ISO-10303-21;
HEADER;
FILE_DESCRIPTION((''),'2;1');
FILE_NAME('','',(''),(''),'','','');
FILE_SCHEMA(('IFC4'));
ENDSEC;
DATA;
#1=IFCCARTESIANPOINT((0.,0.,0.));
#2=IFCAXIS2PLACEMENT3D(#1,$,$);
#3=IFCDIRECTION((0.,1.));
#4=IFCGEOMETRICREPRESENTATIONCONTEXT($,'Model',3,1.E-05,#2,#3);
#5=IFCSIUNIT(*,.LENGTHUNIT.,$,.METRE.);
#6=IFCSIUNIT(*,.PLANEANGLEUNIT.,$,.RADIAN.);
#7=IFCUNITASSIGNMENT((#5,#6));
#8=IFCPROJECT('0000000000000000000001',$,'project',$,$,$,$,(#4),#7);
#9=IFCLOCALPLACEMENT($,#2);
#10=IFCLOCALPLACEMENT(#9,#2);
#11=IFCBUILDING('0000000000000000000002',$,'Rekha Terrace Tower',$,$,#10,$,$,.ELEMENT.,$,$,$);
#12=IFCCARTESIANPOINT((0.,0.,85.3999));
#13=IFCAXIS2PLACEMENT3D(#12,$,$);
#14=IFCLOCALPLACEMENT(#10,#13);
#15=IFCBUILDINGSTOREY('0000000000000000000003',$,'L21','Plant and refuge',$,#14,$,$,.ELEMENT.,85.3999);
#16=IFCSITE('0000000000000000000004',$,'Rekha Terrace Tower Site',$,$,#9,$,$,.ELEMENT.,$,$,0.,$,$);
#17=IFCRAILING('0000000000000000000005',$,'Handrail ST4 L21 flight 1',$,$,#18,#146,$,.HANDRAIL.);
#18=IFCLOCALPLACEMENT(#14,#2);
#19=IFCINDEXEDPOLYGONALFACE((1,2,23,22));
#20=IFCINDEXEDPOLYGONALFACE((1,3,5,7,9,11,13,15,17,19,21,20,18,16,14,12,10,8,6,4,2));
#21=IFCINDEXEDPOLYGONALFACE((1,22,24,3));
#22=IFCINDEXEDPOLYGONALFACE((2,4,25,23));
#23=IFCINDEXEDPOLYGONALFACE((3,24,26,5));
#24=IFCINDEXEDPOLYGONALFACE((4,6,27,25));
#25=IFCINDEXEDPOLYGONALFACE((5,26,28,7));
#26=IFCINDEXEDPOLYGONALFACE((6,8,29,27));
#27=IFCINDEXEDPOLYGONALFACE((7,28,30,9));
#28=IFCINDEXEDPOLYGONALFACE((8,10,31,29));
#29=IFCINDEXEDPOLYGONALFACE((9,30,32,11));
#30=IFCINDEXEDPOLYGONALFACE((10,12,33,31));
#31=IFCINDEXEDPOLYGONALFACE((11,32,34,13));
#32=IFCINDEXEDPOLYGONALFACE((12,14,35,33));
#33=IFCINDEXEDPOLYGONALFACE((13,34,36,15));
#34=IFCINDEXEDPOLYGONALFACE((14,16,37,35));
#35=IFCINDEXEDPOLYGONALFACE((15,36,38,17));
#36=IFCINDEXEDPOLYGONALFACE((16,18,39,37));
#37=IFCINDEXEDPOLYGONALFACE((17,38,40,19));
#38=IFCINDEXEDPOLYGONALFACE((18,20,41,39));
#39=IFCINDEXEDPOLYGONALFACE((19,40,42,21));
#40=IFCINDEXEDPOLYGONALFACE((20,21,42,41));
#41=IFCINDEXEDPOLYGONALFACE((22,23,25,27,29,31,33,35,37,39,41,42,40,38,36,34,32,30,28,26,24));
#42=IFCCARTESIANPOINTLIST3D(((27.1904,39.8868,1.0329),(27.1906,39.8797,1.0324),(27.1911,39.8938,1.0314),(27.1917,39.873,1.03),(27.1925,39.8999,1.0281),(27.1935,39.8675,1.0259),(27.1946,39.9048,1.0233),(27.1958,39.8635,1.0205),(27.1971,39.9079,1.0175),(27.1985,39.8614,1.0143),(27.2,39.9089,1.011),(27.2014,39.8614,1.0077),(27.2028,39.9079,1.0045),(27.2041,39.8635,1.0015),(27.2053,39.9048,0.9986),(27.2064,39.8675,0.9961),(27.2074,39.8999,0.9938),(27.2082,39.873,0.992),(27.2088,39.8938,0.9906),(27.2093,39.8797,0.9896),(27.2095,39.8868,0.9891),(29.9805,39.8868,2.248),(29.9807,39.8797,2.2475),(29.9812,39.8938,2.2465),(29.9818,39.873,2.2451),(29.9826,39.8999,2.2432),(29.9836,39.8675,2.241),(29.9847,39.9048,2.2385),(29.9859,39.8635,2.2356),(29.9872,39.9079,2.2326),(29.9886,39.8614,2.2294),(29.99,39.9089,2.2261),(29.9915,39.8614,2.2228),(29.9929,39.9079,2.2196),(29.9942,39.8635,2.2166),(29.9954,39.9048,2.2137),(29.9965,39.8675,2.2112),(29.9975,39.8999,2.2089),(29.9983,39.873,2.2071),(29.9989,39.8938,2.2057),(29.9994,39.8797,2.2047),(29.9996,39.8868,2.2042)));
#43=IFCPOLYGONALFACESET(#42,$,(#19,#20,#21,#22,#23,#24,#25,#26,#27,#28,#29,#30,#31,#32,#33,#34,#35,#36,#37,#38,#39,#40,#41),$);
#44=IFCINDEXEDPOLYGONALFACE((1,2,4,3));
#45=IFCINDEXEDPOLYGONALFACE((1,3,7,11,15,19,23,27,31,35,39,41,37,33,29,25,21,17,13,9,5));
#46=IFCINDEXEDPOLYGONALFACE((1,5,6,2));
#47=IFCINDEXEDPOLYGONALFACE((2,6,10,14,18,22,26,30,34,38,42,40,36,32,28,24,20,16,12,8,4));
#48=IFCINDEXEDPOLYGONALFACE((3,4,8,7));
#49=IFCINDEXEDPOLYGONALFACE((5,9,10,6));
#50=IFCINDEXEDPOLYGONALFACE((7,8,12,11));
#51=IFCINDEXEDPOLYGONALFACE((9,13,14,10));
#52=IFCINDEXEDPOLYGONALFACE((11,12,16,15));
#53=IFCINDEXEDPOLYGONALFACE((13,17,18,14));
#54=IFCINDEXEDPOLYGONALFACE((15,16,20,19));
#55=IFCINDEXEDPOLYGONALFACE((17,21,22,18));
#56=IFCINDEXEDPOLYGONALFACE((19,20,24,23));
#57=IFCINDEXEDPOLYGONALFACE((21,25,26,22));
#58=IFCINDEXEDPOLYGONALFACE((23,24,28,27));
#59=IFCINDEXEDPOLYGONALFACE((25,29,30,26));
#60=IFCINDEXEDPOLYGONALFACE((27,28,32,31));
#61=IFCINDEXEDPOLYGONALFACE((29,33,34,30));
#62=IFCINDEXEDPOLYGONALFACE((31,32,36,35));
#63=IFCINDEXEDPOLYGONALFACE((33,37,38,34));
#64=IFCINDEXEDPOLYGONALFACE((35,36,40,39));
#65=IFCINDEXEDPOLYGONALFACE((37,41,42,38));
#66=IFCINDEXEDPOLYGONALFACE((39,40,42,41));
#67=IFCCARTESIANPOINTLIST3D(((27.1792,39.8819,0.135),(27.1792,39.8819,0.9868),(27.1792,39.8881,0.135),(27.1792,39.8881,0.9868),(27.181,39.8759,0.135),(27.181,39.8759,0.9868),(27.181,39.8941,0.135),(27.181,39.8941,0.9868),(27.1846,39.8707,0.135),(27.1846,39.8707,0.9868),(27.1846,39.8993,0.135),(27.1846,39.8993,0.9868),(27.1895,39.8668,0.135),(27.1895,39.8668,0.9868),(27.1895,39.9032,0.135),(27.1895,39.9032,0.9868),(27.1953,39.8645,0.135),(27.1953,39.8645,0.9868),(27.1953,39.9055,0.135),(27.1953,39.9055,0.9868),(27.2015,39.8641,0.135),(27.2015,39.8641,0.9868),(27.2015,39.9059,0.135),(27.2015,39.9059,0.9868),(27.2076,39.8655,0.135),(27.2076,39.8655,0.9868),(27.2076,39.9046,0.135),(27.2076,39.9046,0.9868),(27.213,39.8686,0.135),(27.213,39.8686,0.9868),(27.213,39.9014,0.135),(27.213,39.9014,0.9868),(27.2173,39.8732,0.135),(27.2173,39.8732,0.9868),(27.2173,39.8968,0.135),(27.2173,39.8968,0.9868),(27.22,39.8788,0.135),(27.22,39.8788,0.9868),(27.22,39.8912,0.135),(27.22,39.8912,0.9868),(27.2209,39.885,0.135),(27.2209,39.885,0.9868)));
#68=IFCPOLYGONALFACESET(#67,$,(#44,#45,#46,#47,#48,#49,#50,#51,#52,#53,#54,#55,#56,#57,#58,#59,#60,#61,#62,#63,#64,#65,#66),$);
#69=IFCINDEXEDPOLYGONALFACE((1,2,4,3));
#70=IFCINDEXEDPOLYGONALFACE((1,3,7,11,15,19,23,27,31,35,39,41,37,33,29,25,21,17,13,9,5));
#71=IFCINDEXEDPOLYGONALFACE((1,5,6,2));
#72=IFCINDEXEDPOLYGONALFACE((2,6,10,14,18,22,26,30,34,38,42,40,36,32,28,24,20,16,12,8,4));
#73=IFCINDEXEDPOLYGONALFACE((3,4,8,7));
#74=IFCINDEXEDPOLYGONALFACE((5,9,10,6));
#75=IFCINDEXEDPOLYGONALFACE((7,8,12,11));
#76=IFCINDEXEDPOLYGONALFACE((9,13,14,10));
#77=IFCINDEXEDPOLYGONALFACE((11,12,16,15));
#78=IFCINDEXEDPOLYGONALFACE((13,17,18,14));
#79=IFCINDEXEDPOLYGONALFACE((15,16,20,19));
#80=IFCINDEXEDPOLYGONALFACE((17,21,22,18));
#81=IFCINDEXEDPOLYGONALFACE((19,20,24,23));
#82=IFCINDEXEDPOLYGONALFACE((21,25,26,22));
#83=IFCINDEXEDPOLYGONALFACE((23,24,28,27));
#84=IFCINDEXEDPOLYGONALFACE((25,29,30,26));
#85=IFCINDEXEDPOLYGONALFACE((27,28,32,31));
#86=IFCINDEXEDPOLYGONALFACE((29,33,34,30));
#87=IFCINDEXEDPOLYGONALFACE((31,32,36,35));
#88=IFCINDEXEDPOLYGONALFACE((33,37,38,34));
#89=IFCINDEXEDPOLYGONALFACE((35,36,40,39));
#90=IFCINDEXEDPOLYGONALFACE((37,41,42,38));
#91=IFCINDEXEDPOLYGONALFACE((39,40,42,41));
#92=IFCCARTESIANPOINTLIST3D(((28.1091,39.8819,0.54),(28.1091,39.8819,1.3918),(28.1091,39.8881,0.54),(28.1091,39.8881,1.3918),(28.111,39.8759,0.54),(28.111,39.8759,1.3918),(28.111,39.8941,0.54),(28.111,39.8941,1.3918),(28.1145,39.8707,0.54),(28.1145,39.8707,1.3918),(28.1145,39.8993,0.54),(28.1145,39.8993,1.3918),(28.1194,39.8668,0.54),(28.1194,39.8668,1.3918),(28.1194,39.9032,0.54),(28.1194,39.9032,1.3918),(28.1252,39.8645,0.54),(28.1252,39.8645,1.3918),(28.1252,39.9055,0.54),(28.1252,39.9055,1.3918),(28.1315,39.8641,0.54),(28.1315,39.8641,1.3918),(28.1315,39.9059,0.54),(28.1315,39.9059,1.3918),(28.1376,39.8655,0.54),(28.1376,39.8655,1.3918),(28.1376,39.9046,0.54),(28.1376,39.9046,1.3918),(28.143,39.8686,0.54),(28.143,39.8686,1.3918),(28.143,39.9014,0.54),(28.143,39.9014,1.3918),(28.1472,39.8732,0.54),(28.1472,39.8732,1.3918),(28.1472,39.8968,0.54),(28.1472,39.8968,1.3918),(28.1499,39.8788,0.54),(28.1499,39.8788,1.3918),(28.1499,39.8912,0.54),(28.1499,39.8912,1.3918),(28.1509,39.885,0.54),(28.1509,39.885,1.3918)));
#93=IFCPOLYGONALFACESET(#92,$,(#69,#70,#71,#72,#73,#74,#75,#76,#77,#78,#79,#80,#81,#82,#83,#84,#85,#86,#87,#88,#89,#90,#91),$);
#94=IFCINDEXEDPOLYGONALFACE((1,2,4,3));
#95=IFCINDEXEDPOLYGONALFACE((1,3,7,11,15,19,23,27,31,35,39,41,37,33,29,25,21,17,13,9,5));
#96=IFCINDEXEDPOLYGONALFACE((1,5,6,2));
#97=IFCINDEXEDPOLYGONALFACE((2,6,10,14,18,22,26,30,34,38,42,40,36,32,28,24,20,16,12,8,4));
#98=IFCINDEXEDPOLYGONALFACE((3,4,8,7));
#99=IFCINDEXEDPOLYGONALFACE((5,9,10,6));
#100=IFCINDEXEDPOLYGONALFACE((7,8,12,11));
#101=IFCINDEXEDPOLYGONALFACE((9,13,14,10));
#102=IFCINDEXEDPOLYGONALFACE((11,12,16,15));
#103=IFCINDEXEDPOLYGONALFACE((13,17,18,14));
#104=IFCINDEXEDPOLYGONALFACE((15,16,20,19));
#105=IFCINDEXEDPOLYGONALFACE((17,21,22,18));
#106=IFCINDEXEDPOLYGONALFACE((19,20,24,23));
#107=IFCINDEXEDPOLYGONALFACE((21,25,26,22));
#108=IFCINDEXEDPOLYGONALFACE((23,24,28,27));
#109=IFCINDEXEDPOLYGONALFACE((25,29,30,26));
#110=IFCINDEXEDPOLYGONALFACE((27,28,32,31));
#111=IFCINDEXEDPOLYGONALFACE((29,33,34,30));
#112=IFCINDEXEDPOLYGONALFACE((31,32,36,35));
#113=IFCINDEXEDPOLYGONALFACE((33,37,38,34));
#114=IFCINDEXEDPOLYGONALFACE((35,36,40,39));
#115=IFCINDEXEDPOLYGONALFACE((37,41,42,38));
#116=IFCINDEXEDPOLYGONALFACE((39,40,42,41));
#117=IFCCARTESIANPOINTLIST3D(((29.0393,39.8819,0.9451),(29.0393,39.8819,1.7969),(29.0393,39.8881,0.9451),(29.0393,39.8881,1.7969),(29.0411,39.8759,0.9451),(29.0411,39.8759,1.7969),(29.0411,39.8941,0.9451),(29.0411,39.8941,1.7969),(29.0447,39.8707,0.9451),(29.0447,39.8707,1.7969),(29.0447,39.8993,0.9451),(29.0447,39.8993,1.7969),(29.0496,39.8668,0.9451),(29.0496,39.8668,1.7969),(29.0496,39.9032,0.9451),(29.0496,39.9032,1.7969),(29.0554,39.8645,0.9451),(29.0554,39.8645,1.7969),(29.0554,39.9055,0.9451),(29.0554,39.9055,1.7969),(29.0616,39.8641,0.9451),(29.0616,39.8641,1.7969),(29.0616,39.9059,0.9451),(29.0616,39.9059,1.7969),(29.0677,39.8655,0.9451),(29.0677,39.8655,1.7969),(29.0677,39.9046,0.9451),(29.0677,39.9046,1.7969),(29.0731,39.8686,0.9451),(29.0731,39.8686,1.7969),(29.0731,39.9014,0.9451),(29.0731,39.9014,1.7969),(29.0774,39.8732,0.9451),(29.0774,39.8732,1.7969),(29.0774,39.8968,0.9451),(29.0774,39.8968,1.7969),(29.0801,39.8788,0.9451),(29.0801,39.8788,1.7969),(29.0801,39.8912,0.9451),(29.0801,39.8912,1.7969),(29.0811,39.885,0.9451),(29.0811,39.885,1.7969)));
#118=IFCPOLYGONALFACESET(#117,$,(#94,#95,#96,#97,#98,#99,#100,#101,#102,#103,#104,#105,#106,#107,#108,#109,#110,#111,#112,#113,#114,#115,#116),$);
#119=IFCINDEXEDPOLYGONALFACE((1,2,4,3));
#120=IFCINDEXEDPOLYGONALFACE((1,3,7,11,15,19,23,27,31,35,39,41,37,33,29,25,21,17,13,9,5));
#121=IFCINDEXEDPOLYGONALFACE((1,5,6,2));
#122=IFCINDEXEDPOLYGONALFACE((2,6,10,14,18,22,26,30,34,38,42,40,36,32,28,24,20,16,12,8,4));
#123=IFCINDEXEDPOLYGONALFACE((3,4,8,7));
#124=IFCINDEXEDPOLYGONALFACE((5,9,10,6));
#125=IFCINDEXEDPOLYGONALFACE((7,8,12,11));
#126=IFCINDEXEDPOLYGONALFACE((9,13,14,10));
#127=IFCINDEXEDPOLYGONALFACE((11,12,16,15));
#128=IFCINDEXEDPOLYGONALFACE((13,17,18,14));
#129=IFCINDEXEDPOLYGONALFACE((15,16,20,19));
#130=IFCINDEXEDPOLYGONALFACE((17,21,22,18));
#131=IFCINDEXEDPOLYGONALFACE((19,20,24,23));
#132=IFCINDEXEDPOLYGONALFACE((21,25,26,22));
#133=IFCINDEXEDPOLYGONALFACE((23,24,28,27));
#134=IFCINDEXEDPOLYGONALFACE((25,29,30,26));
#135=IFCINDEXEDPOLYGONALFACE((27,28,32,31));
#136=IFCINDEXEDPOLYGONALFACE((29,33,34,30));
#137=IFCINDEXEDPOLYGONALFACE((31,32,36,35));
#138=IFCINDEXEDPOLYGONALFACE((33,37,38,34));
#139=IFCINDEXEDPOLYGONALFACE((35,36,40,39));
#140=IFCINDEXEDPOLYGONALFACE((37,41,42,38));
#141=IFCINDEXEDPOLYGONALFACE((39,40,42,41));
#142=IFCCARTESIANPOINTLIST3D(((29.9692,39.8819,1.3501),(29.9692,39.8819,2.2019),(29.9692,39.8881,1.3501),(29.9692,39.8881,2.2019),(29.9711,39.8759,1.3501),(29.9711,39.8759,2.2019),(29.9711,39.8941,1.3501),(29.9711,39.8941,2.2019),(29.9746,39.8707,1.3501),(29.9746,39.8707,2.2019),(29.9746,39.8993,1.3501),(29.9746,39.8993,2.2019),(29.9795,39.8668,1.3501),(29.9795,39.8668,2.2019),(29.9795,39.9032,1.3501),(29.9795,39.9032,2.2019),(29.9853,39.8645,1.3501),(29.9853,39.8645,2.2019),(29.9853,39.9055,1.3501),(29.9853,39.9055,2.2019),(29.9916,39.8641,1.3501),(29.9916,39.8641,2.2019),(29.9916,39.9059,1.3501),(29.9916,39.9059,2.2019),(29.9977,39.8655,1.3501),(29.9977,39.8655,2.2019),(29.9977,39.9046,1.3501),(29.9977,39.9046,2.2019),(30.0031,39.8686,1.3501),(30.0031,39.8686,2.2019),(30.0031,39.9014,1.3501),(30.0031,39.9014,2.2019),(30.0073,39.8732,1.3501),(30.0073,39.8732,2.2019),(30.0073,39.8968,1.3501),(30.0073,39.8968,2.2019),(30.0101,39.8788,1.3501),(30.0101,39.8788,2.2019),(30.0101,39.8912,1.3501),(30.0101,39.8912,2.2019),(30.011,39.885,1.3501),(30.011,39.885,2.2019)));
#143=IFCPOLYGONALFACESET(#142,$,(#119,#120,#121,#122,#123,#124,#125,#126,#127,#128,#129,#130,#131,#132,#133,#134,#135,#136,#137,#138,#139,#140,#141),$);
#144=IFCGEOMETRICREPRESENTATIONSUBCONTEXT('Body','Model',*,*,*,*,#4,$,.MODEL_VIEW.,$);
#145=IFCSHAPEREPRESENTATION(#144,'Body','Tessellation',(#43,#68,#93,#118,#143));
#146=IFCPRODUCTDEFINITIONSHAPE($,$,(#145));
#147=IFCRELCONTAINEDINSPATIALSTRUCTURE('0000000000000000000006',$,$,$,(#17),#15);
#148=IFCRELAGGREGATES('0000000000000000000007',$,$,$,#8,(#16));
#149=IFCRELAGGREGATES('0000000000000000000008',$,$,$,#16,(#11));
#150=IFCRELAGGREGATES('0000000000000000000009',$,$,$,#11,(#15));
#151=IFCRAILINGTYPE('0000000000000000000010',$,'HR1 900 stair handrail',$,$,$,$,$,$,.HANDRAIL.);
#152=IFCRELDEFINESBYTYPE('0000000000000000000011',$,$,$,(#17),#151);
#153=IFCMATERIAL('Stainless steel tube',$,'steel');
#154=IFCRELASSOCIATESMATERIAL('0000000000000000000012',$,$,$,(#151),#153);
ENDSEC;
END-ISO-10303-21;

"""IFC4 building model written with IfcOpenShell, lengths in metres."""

from ifc_helpers import new_model, si_unit, direction, frame, origin, origin_2d, place, context, subcontext, project, spatial, circle, extrude, material, type_object, element, save


model = new_model("IFC4")

# Units and contexts
model_context = context("Model", 3, precision=1e-05, world=origin(), true_north=direction((0.0, 1.0)))
body_context = subcontext(model_context, "Body", "Model", "MODEL_VIEW")
ifc_project = project(units=[si_unit("LENGTHUNIT", "METRE"), si_unit("PLANEANGLEUNIT", "RADIAN")], contexts=[model_context])

# Site, building, storey
site_placement = place(None, origin())
site = spatial("IfcSite", under=ifc_project, at=site_placement, Name="Rekha Terrace Tower Site", CompositionType="ELEMENT", RefElevation=0.0)
building_placement = place(site_placement, origin())
building = spatial("IfcBuilding", under=site, at=building_placement, Name="Rekha Terrace Tower", CompositionType="ELEMENT")
storey_placement = place(building_placement, frame((0.0, 0.0, 85.3999)))
storey = spatial("IfcBuildingStorey", under=building, at=storey_placement, Name="L21", Description="Plant and refuge", CompositionType="ELEMENT", Elevation=85.3999)

# Railing
ifc_material_1 = material(Name="Stainless steel tube", Category="steel")
railing_type_1 = type_object("IfcRailingType", Name="HR1 900 stair handrail", PredefinedType="HANDRAIL", material=ifc_material_1)
for number, where, name in (
    (1, (27.2, 39.885, 0.135), "Handrail ST4 L21 flight 1"),
):
    element("IfcRailing", number, at=place(storey_placement, frame(where)), inside=storey, type_object=railing_type_1, Name=name, PredefinedType="HANDRAIL", context=body_context, shape_type="SweptSolid", body=[
        extrude(circle(Radius=0.0239, at=origin_2d()), frame((0.0, 0.0, 0.876), z_axis=(0.916826, 0.0, 0.399286), x_axis=(0.0, 1.0, 0.0)), (0.0, 0.0, 1.0), 3.0432),
        extrude(circle(Radius=0.021, at=origin_2d()), origin(), (0.0, 0.0, 1.0), 0.8518),
        extrude(circle(Radius=0.021, at=origin_2d()), frame((0.9299, 0.0, 0.405)), (0.0, 0.0, 1.0), 0.8518),
        extrude(circle(Radius=0.021, at=origin_2d()), frame((1.8601, 0.0, 0.8101)), (0.0, 0.0, 1.0), 0.8518),
        extrude(circle(Radius=0.021, at=origin_2d()), frame((2.79, 0.0, 1.2151)), (0.0, 0.0, 1.0), 0.8518),
    ])

save(model, "model.ifc")
